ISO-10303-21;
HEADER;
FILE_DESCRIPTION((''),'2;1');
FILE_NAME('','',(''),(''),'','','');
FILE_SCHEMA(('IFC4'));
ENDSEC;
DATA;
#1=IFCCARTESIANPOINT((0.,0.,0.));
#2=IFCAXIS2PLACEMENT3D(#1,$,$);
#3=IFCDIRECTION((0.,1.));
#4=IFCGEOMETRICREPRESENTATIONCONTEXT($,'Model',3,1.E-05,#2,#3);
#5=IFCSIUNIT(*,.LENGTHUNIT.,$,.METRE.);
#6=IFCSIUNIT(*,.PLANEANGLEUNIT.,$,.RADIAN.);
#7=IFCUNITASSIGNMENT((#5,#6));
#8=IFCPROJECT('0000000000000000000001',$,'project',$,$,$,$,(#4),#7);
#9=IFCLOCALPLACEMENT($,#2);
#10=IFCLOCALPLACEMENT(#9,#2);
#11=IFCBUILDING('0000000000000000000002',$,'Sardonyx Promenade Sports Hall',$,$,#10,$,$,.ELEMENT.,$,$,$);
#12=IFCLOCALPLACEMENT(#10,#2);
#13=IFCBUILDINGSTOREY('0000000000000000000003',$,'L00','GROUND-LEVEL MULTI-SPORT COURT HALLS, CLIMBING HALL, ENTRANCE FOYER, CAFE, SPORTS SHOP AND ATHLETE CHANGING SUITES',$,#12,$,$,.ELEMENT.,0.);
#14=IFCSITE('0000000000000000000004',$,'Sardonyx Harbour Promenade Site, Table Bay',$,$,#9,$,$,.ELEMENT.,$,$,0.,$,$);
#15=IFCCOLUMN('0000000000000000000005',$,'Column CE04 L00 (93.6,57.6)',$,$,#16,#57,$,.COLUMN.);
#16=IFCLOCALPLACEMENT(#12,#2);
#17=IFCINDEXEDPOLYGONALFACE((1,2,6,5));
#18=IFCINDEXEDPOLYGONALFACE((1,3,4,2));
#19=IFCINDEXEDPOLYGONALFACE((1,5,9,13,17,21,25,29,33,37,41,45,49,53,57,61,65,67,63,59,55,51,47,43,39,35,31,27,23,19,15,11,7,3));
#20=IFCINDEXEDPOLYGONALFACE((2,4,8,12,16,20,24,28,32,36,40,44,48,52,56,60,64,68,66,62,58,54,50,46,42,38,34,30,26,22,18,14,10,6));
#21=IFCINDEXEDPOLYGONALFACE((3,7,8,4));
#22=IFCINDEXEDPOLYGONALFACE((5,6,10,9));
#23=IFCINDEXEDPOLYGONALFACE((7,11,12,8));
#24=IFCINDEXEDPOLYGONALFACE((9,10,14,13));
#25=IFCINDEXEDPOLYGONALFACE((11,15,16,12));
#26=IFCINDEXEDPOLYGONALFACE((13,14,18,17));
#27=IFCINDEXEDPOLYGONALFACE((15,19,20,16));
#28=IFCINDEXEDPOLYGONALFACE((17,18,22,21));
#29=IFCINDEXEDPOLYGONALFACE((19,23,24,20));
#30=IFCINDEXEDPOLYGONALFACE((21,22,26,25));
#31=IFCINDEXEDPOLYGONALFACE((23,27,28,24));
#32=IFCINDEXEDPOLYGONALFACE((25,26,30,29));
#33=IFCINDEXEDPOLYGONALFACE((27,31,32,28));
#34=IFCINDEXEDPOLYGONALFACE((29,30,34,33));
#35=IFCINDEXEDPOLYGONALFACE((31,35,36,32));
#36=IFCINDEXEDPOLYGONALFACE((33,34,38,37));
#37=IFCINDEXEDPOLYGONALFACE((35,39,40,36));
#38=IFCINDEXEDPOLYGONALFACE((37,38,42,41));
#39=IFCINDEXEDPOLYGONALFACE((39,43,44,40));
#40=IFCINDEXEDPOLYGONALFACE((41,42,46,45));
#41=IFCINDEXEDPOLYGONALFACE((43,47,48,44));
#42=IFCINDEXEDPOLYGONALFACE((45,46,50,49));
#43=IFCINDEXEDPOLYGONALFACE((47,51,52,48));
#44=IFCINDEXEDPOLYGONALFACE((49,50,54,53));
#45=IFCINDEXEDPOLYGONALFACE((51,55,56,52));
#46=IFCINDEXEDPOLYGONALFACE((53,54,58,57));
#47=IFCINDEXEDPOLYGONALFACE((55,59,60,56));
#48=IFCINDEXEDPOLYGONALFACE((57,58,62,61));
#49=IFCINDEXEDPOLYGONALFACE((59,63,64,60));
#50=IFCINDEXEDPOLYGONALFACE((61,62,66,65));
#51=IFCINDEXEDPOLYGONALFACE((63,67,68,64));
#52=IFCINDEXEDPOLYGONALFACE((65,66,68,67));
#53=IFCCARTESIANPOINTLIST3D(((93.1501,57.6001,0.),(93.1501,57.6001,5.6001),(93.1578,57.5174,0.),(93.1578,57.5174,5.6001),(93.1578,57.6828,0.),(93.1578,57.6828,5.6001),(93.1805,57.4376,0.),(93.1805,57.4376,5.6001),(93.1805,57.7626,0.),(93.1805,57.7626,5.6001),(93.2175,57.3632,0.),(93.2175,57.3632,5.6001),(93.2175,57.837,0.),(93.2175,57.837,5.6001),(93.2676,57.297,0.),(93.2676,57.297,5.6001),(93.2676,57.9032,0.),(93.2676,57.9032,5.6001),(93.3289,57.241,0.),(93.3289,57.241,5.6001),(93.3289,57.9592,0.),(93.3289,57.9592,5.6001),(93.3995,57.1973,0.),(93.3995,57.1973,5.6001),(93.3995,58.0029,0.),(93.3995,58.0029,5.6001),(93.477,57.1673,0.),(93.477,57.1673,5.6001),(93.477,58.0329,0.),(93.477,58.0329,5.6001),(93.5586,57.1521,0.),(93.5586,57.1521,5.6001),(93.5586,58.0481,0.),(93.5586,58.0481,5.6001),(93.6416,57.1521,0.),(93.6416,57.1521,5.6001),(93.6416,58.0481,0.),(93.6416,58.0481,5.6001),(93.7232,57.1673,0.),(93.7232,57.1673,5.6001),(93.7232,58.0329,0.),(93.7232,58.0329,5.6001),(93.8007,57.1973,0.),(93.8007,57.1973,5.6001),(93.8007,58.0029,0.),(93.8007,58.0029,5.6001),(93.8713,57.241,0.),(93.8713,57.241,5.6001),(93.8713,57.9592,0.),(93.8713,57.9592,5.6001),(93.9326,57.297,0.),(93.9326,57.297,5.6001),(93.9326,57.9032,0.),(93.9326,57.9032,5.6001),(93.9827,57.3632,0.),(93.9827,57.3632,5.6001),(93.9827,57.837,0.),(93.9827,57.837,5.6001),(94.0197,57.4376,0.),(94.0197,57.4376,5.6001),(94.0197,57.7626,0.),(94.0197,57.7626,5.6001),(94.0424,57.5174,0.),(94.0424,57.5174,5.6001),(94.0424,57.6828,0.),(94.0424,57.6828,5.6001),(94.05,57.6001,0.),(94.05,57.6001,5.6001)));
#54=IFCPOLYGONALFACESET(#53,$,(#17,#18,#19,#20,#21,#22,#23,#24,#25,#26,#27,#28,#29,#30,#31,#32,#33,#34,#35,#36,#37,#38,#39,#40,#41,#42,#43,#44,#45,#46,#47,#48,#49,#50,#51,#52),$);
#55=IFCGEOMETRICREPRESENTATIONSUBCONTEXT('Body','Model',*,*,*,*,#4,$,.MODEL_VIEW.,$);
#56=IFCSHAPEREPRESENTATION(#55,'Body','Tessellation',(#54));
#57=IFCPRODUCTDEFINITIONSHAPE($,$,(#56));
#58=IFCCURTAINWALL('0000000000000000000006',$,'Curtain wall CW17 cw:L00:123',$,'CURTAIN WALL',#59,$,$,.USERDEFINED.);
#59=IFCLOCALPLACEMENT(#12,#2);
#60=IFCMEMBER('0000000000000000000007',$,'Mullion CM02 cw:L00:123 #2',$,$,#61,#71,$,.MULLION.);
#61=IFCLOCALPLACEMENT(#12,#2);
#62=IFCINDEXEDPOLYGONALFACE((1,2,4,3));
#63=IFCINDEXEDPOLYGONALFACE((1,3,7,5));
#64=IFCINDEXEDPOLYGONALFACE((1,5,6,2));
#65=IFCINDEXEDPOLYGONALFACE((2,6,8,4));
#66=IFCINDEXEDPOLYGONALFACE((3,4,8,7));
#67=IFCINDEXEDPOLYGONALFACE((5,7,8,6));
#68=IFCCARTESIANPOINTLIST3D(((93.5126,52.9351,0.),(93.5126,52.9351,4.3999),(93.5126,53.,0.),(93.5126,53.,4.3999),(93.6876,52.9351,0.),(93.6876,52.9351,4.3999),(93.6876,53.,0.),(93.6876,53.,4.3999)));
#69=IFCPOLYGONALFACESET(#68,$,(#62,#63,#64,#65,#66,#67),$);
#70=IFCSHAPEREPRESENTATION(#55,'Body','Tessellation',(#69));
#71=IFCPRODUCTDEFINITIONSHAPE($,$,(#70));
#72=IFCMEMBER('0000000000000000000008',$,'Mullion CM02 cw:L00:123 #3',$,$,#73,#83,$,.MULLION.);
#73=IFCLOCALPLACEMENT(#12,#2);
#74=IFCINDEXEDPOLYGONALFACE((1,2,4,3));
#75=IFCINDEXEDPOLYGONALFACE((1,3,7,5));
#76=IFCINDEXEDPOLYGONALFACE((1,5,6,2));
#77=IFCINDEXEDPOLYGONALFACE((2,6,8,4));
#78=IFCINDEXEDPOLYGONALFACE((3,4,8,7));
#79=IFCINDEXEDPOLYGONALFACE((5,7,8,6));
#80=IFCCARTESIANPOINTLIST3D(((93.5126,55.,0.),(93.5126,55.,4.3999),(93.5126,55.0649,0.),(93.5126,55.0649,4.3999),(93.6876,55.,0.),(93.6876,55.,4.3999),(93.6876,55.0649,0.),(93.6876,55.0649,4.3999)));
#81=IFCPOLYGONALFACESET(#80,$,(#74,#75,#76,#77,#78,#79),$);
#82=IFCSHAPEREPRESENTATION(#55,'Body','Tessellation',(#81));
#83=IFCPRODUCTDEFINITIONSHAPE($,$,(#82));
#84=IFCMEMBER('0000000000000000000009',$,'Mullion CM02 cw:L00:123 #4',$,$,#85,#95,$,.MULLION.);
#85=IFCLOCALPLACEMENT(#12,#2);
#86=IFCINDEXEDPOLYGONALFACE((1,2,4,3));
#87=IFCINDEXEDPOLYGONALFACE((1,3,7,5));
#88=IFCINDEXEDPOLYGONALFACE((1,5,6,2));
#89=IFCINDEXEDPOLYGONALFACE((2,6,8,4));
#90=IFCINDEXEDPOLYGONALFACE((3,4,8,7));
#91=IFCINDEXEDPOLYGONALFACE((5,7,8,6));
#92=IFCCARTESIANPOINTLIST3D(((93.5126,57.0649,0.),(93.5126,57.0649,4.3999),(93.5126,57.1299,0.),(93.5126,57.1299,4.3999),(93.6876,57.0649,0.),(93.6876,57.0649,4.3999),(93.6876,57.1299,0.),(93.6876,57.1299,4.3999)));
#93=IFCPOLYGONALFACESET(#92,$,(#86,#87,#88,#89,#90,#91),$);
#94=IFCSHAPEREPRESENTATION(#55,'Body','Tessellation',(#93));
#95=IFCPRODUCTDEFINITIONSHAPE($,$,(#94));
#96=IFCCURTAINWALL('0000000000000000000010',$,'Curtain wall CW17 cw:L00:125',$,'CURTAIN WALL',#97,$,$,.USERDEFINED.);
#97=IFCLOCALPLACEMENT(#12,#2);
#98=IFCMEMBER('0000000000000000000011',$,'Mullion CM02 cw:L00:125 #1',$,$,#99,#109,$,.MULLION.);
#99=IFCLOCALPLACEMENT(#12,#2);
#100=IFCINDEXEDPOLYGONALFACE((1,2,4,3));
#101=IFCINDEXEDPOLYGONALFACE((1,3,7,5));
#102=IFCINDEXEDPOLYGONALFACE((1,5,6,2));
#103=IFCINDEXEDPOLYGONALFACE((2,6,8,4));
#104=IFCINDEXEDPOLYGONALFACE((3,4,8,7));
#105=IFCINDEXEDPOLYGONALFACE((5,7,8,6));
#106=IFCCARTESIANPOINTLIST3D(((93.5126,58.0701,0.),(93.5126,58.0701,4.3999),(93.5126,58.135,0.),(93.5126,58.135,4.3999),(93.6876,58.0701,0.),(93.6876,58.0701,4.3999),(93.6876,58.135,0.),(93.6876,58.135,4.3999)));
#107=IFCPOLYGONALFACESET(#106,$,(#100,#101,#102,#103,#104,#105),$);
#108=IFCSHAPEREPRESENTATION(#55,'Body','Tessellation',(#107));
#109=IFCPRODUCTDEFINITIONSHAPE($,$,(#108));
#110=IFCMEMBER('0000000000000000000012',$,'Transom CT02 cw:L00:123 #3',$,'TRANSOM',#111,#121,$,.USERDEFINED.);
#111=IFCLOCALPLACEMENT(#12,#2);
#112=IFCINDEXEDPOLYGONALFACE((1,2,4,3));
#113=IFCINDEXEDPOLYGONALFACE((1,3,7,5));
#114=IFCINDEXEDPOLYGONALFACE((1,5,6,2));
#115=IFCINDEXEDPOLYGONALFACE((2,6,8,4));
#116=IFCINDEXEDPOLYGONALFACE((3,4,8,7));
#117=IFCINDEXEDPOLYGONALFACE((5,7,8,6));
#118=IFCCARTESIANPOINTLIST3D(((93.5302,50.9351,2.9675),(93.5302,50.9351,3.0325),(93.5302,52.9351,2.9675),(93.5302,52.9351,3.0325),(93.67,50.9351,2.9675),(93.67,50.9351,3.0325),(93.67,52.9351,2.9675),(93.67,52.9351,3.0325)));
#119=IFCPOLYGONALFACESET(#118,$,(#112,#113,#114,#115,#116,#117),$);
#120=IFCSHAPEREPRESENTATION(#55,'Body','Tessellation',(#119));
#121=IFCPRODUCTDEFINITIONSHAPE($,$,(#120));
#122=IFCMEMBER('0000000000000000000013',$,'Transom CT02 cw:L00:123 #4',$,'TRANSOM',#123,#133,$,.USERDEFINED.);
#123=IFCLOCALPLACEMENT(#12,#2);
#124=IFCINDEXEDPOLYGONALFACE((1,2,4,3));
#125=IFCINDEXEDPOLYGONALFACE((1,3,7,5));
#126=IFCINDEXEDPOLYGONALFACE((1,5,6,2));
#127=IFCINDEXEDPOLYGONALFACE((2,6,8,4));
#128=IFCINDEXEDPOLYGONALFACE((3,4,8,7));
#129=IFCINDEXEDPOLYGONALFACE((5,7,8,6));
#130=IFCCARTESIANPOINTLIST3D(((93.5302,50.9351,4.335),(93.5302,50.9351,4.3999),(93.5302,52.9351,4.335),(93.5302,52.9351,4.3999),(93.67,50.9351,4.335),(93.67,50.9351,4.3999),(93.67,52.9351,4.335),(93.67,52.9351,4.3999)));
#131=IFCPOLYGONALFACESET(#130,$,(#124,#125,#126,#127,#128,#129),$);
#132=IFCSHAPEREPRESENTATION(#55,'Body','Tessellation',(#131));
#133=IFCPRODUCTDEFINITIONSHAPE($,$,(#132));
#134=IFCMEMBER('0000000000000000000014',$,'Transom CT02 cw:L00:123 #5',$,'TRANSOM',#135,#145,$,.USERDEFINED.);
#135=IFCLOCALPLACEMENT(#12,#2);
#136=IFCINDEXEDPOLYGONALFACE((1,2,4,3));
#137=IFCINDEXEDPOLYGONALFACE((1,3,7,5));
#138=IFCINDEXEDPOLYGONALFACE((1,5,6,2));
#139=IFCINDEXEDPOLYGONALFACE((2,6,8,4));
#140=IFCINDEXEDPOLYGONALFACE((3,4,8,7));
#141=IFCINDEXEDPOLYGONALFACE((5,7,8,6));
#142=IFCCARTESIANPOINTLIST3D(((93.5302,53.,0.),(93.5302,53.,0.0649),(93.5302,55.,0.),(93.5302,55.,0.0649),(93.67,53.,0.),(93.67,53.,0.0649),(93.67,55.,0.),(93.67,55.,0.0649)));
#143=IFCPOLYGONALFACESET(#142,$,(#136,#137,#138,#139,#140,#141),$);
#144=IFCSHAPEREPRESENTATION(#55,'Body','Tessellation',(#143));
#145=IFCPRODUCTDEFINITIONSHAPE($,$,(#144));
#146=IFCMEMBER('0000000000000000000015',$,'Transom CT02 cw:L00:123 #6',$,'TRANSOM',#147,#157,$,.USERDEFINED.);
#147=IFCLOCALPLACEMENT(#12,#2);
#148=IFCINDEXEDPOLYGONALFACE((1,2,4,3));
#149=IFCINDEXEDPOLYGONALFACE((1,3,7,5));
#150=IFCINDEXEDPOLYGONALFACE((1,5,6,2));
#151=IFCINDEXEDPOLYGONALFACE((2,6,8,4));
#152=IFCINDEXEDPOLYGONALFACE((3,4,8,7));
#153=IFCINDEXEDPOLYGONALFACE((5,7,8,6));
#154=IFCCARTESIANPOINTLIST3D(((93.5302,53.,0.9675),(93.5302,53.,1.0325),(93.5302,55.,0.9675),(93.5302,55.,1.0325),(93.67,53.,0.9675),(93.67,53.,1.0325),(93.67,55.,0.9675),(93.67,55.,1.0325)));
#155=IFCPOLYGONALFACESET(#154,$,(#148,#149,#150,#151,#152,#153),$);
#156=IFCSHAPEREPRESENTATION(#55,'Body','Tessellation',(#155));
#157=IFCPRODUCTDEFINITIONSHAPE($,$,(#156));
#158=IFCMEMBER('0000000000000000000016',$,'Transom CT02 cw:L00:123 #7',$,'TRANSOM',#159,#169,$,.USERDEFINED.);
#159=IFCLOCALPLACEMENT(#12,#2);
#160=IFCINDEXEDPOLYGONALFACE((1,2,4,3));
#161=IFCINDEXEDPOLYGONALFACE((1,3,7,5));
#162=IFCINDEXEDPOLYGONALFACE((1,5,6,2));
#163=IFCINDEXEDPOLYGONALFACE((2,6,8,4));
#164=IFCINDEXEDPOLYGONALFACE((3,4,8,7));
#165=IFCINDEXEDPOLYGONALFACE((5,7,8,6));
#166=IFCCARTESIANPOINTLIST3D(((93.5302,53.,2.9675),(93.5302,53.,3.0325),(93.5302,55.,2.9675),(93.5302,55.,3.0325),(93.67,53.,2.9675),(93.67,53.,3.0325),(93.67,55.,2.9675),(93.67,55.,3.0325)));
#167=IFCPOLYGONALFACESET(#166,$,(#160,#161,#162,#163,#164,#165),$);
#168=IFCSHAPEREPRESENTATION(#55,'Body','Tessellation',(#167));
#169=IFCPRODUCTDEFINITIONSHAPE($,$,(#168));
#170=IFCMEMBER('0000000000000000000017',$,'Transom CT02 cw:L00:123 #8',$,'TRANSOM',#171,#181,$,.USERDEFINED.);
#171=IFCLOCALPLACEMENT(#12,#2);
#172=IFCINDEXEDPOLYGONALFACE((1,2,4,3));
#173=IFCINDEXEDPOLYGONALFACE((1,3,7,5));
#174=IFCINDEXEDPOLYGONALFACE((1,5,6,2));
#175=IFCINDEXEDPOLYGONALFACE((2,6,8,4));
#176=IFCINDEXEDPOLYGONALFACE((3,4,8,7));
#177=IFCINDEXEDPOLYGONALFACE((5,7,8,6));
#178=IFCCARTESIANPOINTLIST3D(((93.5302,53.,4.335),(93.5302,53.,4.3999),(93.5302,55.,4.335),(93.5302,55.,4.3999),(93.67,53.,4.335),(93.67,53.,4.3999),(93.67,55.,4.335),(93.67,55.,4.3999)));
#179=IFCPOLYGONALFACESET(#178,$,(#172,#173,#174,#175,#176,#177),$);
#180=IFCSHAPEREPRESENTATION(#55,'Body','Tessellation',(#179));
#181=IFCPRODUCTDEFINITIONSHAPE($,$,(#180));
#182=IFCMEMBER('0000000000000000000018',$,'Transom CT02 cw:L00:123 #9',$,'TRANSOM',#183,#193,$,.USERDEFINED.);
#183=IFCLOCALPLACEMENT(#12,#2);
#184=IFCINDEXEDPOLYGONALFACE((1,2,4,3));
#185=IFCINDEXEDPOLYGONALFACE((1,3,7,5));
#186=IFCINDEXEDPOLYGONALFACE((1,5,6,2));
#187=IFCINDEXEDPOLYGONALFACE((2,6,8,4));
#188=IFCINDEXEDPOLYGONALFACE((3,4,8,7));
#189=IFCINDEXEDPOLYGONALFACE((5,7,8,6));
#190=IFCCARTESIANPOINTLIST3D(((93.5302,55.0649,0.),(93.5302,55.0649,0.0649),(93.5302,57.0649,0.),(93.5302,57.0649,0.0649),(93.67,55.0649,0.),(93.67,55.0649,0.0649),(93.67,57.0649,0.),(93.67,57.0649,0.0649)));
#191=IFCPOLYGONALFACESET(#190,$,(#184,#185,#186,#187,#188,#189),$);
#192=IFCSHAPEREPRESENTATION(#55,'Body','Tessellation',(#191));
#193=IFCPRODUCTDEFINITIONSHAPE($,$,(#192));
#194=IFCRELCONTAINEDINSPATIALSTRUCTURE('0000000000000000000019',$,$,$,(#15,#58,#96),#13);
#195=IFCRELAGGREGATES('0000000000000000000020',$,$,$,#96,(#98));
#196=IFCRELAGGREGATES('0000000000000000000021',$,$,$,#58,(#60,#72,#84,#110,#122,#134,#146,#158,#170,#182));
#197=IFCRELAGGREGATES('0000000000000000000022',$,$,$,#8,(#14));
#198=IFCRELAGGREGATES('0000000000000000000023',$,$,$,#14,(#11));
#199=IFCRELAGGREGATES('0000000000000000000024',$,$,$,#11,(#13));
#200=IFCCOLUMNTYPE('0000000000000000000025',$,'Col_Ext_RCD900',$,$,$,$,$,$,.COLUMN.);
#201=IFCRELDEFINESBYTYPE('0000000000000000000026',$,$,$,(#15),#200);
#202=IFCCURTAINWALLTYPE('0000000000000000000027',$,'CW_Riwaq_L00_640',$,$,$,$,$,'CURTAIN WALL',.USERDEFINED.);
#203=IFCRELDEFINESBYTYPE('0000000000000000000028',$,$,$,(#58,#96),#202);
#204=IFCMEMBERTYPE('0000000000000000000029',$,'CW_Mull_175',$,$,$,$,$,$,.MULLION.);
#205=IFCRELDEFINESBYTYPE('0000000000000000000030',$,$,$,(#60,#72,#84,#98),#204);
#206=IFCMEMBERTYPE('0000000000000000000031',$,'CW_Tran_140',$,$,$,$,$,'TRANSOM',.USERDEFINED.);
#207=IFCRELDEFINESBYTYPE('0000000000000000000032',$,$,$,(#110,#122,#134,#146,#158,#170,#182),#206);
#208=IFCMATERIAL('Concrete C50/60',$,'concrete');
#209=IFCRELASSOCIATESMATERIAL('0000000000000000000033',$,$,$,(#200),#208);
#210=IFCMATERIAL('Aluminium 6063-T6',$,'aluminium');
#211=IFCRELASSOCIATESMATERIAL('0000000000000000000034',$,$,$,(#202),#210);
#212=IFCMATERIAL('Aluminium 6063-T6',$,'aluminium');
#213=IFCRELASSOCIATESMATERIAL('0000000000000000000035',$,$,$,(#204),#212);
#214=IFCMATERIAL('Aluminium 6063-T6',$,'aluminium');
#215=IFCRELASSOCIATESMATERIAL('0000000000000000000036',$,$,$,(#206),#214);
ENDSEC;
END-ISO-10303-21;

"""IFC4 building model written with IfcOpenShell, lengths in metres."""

from ifc_helpers import new_model, si_unit, direction, frame, origin, origin_2d, place, context, subcontext, project, spatial, rectangle, circle, extrude, material, material_profile, profile_set, type_object, element, aggregate, save


model = new_model("IFC4")

# Units and contexts
model_context = context("Model", 3, precision=1e-05, world=origin(), true_north=direction((0.0, 1.0)))
body_context = subcontext(model_context, "Body", "Model", "MODEL_VIEW")
ifc_project = project(units=[si_unit("LENGTHUNIT", "METRE"), si_unit("PLANEANGLEUNIT", "RADIAN")], contexts=[model_context])

# Site, building, storey
site_placement = place(None, origin())
site = spatial("IfcSite", under=ifc_project, at=site_placement, Name="Sardonyx Harbour Promenade Site, Table Bay", CompositionType="ELEMENT", RefElevation=0.0)
building_placement = place(site_placement, origin())
building = spatial("IfcBuilding", under=site, at=building_placement, Name="Sardonyx Promenade Sports Hall", CompositionType="ELEMENT")
storey_placement = place(building_placement, origin())
storey = spatial("IfcBuildingStorey", under=building, at=storey_placement, Name="L00", Description="GROUND-LEVEL MULTI-SPORT COURT HALLS, CLIMBING HALL, ENTRANCE FOYER, CAFE, SPORTS SHOP AND ATHLETE CHANGING SUITES", CompositionType="ELEMENT", Elevation=0.0)

# Column
ifc_material_1 = material(Name="Concrete C50/60", Category="concrete")
ifc_material_profile_1 = material_profile(ifc_material_1, circle(Radius=0.45, at=origin_2d()))
ifc_profile_set_1 = profile_set([ifc_material_profile_1], Name="Concrete C50/60")
column_type = type_object("IfcColumnType", Name="Col_Ext_RCD900", PredefinedType="COLUMN", material=ifc_profile_set_1)
column_placement = place(storey_placement, frame((93.6001, 57.6001, 0.0), z_axis=(0.0, 0.0, 1.0), x_axis=(1.0, 0.0, 0.0)))
element("IfcColumn", 1, at=column_placement, inside=storey, type_object=column_type, Name="Column CE04 L00 (93.6,57.6)", PredefinedType="COLUMN", context=body_context, shape_type="SweptSolid", body=[
    extrude(circle(Radius=0.45, at=origin_2d()), origin(), (0.0, 0.0, 1.0), 5.6001),
])

# Curtain wall, members
ifc_material_2 = material(Name="Aluminium 6063-T6", Category="aluminium")
curtain_wall_type = type_object("IfcCurtainWallType", Name="CW_Riwaq_L00_640", ElementType="CURTAIN WALL", PredefinedType="USERDEFINED", material=ifc_material_2)
curtain_wall_1_placement = place(storey_placement, origin())
curtain_wall_1 = element("IfcCurtainWall", 2, at=curtain_wall_1_placement, inside=storey, type_object=curtain_wall_type, Name="Curtain wall CW17 cw:L00:123", ObjectType="CURTAIN WALL", PredefinedType="USERDEFINED")
ifc_material_3 = material(Name="Aluminium 6063-T6", Category="aluminium")
ifc_material_profile_2 = material_profile(ifc_material_3, rectangle(XDim=0.0649, YDim=0.175, at=origin_2d()))
ifc_profile_set_2 = profile_set([ifc_material_profile_2], Name="Aluminium 6063-T6")
member_type_1 = type_object("IfcMemberType", Name="CW_Mull_175", PredefinedType="MULLION", material=ifc_profile_set_2)
member_1_placement = place(storey_placement, frame((93.6001, 52.9675, 0.0), z_axis=(0.0, 0.0, 1.0), x_axis=(0.0, 1.0, 0.0)))
member_1 = element("IfcMember", 3, at=member_1_placement, type_object=member_type_1, Name="Mullion CM02 cw:L00:123 #2", PredefinedType="MULLION", context=body_context, shape_type="SweptSolid", body=[
    extrude(rectangle(XDim=0.0649, YDim=0.175, at=origin_2d()), origin(), (0.0, 0.0, 1.0), 4.3999),
])
member_2_placement = place(storey_placement, frame((93.6001, 55.0325, 0.0), z_axis=(0.0, 0.0, 1.0), x_axis=(0.0, 1.0, 0.0)))
member_2 = element("IfcMember", 4, at=member_2_placement, type_object=member_type_1, Name="Mullion CM02 cw:L00:123 #3", PredefinedType="MULLION", context=body_context, shape_type="SweptSolid", body=[
    extrude(rectangle(XDim=0.0649, YDim=0.175, at=origin_2d()), origin(), (0.0, 0.0, 1.0), 4.3999),
])
member_3_placement = place(storey_placement, frame((93.6001, 57.0974, 0.0), z_axis=(0.0, 0.0, 1.0), x_axis=(0.0, 1.0, 0.0)))
member_3 = element("IfcMember", 5, at=member_3_placement, type_object=member_type_1, Name="Mullion CM02 cw:L00:123 #4", PredefinedType="MULLION", context=body_context, shape_type="SweptSolid", body=[
    extrude(rectangle(XDim=0.0649, YDim=0.175, at=origin_2d()), origin(), (0.0, 0.0, 1.0), 4.3999),
])

# Curtain wall, member
curtain_wall_2_placement = place(storey_placement, origin())
curtain_wall_2 = element("IfcCurtainWall", 6, at=curtain_wall_2_placement, inside=storey, type_object=curtain_wall_type, Name="Curtain wall CW17 cw:L00:125", ObjectType="CURTAIN WALL", PredefinedType="USERDEFINED")
member_4_placement = place(storey_placement, frame((93.6001, 58.1025, 0.0), z_axis=(0.0, 0.0, 1.0), x_axis=(0.0, 1.0, 0.0)))
member_4 = element("IfcMember", 7, at=member_4_placement, type_object=member_type_1, Name="Mullion CM02 cw:L00:125 #1", PredefinedType="MULLION", context=body_context, shape_type="SweptSolid", body=[
    extrude(rectangle(XDim=0.0649, YDim=0.175, at=origin_2d()), origin(), (0.0, 0.0, 1.0), 4.3999),
])

# Members
ifc_material_4 = material(Name="Aluminium 6063-T6", Category="aluminium")
ifc_material_profile_3 = material_profile(ifc_material_4, rectangle(XDim=0.0649, YDim=0.1399, at=origin_2d()))
ifc_profile_set_3 = profile_set([ifc_material_profile_3], Name="Aluminium 6063-T6")
member_type_2 = type_object("IfcMemberType", Name="CW_Tran_140", ElementType="TRANSOM", PredefinedType="USERDEFINED", material=ifc_profile_set_3)
member_5_placement = place(storey_placement, frame((93.6001, 50.9351, 3.0), z_axis=(0.0, 1.0, 0.0), x_axis=(0.0, 0.0, 1.0)))
member_5 = element("IfcMember", 8, at=member_5_placement, type_object=member_type_2, Name="Transom CT02 cw:L00:123 #3", ObjectType="TRANSOM", PredefinedType="USERDEFINED", context=body_context, shape_type="SweptSolid", body=[
    extrude(rectangle(XDim=0.0649, YDim=0.1399, at=origin_2d()), origin(), (0.0, 0.0, 1.0), 2.0),
])
member_6_placement = place(storey_placement, frame((93.6001, 50.9351, 4.3674), z_axis=(0.0, 1.0, 0.0), x_axis=(0.0, 0.0, 1.0)))
member_6 = element("IfcMember", 9, at=member_6_placement, type_object=member_type_2, Name="Transom CT02 cw:L00:123 #4", ObjectType="TRANSOM", PredefinedType="USERDEFINED", context=body_context, shape_type="SweptSolid", body=[
    extrude(rectangle(XDim=0.0649, YDim=0.1399, at=origin_2d()), origin(), (0.0, 0.0, 1.0), 2.0),
])
member_7_placement = place(storey_placement, frame((93.6001, 53.0, 0.0325), z_axis=(0.0, 1.0, 0.0), x_axis=(0.0, 0.0, 1.0)))
member_7 = element("IfcMember", 10, at=member_7_placement, type_object=member_type_2, Name="Transom CT02 cw:L00:123 #5", ObjectType="TRANSOM", PredefinedType="USERDEFINED", context=body_context, shape_type="SweptSolid", body=[
    extrude(rectangle(XDim=0.0649, YDim=0.1399, at=origin_2d()), origin(), (0.0, 0.0, 1.0), 2.0),
])
member_8_placement = place(storey_placement, frame((93.6001, 53.0, 1.0), z_axis=(0.0, 1.0, 0.0), x_axis=(0.0, 0.0, 1.0)))
member_8 = element("IfcMember", 11, at=member_8_placement, type_object=member_type_2, Name="Transom CT02 cw:L00:123 #6", ObjectType="TRANSOM", PredefinedType="USERDEFINED", context=body_context, shape_type="SweptSolid", body=[
    extrude(rectangle(XDim=0.0649, YDim=0.1399, at=origin_2d()), origin(), (0.0, 0.0, 1.0), 2.0),
])
member_9_placement = place(storey_placement, frame((93.6001, 53.0, 3.0), z_axis=(0.0, 1.0, 0.0), x_axis=(0.0, 0.0, 1.0)))
member_9 = element("IfcMember", 12, at=member_9_placement, type_object=member_type_2, Name="Transom CT02 cw:L00:123 #7", ObjectType="TRANSOM", PredefinedType="USERDEFINED", context=body_context, shape_type="SweptSolid", body=[
    extrude(rectangle(XDim=0.0649, YDim=0.1399, at=origin_2d()), origin(), (0.0, 0.0, 1.0), 2.0),
])
member_10_placement = place(storey_placement, frame((93.6001, 53.0, 4.3674), z_axis=(0.0, 1.0, 0.0), x_axis=(0.0, 0.0, 1.0)))
member_10 = element("IfcMember", 13, at=member_10_placement, type_object=member_type_2, Name="Transom CT02 cw:L00:123 #8", ObjectType="TRANSOM", PredefinedType="USERDEFINED", context=body_context, shape_type="SweptSolid", body=[
    extrude(rectangle(XDim=0.0649, YDim=0.1399, at=origin_2d()), origin(), (0.0, 0.0, 1.0), 2.0),
])
member_11_placement = place(storey_placement, frame((93.6001, 55.0649, 0.0325), z_axis=(0.0, 1.0, 0.0), x_axis=(0.0, 0.0, 1.0)))
member_11 = element("IfcMember", 14, at=member_11_placement, type_object=member_type_2, Name="Transom CT02 cw:L00:123 #9", ObjectType="TRANSOM", PredefinedType="USERDEFINED", context=body_context, shape_type="SweptSolid", body=[
    extrude(rectangle(XDim=0.0649, YDim=0.1399, at=origin_2d()), origin(), (0.0, 0.0, 1.0), 2.0),
])
aggregate(curtain_wall_2, [member_4])

aggregate(curtain_wall_1, [member_1, member_2, member_3, member_5, member_6, member_7, member_8, member_9, member_10, member_11])

save(model, "model.ifc")
